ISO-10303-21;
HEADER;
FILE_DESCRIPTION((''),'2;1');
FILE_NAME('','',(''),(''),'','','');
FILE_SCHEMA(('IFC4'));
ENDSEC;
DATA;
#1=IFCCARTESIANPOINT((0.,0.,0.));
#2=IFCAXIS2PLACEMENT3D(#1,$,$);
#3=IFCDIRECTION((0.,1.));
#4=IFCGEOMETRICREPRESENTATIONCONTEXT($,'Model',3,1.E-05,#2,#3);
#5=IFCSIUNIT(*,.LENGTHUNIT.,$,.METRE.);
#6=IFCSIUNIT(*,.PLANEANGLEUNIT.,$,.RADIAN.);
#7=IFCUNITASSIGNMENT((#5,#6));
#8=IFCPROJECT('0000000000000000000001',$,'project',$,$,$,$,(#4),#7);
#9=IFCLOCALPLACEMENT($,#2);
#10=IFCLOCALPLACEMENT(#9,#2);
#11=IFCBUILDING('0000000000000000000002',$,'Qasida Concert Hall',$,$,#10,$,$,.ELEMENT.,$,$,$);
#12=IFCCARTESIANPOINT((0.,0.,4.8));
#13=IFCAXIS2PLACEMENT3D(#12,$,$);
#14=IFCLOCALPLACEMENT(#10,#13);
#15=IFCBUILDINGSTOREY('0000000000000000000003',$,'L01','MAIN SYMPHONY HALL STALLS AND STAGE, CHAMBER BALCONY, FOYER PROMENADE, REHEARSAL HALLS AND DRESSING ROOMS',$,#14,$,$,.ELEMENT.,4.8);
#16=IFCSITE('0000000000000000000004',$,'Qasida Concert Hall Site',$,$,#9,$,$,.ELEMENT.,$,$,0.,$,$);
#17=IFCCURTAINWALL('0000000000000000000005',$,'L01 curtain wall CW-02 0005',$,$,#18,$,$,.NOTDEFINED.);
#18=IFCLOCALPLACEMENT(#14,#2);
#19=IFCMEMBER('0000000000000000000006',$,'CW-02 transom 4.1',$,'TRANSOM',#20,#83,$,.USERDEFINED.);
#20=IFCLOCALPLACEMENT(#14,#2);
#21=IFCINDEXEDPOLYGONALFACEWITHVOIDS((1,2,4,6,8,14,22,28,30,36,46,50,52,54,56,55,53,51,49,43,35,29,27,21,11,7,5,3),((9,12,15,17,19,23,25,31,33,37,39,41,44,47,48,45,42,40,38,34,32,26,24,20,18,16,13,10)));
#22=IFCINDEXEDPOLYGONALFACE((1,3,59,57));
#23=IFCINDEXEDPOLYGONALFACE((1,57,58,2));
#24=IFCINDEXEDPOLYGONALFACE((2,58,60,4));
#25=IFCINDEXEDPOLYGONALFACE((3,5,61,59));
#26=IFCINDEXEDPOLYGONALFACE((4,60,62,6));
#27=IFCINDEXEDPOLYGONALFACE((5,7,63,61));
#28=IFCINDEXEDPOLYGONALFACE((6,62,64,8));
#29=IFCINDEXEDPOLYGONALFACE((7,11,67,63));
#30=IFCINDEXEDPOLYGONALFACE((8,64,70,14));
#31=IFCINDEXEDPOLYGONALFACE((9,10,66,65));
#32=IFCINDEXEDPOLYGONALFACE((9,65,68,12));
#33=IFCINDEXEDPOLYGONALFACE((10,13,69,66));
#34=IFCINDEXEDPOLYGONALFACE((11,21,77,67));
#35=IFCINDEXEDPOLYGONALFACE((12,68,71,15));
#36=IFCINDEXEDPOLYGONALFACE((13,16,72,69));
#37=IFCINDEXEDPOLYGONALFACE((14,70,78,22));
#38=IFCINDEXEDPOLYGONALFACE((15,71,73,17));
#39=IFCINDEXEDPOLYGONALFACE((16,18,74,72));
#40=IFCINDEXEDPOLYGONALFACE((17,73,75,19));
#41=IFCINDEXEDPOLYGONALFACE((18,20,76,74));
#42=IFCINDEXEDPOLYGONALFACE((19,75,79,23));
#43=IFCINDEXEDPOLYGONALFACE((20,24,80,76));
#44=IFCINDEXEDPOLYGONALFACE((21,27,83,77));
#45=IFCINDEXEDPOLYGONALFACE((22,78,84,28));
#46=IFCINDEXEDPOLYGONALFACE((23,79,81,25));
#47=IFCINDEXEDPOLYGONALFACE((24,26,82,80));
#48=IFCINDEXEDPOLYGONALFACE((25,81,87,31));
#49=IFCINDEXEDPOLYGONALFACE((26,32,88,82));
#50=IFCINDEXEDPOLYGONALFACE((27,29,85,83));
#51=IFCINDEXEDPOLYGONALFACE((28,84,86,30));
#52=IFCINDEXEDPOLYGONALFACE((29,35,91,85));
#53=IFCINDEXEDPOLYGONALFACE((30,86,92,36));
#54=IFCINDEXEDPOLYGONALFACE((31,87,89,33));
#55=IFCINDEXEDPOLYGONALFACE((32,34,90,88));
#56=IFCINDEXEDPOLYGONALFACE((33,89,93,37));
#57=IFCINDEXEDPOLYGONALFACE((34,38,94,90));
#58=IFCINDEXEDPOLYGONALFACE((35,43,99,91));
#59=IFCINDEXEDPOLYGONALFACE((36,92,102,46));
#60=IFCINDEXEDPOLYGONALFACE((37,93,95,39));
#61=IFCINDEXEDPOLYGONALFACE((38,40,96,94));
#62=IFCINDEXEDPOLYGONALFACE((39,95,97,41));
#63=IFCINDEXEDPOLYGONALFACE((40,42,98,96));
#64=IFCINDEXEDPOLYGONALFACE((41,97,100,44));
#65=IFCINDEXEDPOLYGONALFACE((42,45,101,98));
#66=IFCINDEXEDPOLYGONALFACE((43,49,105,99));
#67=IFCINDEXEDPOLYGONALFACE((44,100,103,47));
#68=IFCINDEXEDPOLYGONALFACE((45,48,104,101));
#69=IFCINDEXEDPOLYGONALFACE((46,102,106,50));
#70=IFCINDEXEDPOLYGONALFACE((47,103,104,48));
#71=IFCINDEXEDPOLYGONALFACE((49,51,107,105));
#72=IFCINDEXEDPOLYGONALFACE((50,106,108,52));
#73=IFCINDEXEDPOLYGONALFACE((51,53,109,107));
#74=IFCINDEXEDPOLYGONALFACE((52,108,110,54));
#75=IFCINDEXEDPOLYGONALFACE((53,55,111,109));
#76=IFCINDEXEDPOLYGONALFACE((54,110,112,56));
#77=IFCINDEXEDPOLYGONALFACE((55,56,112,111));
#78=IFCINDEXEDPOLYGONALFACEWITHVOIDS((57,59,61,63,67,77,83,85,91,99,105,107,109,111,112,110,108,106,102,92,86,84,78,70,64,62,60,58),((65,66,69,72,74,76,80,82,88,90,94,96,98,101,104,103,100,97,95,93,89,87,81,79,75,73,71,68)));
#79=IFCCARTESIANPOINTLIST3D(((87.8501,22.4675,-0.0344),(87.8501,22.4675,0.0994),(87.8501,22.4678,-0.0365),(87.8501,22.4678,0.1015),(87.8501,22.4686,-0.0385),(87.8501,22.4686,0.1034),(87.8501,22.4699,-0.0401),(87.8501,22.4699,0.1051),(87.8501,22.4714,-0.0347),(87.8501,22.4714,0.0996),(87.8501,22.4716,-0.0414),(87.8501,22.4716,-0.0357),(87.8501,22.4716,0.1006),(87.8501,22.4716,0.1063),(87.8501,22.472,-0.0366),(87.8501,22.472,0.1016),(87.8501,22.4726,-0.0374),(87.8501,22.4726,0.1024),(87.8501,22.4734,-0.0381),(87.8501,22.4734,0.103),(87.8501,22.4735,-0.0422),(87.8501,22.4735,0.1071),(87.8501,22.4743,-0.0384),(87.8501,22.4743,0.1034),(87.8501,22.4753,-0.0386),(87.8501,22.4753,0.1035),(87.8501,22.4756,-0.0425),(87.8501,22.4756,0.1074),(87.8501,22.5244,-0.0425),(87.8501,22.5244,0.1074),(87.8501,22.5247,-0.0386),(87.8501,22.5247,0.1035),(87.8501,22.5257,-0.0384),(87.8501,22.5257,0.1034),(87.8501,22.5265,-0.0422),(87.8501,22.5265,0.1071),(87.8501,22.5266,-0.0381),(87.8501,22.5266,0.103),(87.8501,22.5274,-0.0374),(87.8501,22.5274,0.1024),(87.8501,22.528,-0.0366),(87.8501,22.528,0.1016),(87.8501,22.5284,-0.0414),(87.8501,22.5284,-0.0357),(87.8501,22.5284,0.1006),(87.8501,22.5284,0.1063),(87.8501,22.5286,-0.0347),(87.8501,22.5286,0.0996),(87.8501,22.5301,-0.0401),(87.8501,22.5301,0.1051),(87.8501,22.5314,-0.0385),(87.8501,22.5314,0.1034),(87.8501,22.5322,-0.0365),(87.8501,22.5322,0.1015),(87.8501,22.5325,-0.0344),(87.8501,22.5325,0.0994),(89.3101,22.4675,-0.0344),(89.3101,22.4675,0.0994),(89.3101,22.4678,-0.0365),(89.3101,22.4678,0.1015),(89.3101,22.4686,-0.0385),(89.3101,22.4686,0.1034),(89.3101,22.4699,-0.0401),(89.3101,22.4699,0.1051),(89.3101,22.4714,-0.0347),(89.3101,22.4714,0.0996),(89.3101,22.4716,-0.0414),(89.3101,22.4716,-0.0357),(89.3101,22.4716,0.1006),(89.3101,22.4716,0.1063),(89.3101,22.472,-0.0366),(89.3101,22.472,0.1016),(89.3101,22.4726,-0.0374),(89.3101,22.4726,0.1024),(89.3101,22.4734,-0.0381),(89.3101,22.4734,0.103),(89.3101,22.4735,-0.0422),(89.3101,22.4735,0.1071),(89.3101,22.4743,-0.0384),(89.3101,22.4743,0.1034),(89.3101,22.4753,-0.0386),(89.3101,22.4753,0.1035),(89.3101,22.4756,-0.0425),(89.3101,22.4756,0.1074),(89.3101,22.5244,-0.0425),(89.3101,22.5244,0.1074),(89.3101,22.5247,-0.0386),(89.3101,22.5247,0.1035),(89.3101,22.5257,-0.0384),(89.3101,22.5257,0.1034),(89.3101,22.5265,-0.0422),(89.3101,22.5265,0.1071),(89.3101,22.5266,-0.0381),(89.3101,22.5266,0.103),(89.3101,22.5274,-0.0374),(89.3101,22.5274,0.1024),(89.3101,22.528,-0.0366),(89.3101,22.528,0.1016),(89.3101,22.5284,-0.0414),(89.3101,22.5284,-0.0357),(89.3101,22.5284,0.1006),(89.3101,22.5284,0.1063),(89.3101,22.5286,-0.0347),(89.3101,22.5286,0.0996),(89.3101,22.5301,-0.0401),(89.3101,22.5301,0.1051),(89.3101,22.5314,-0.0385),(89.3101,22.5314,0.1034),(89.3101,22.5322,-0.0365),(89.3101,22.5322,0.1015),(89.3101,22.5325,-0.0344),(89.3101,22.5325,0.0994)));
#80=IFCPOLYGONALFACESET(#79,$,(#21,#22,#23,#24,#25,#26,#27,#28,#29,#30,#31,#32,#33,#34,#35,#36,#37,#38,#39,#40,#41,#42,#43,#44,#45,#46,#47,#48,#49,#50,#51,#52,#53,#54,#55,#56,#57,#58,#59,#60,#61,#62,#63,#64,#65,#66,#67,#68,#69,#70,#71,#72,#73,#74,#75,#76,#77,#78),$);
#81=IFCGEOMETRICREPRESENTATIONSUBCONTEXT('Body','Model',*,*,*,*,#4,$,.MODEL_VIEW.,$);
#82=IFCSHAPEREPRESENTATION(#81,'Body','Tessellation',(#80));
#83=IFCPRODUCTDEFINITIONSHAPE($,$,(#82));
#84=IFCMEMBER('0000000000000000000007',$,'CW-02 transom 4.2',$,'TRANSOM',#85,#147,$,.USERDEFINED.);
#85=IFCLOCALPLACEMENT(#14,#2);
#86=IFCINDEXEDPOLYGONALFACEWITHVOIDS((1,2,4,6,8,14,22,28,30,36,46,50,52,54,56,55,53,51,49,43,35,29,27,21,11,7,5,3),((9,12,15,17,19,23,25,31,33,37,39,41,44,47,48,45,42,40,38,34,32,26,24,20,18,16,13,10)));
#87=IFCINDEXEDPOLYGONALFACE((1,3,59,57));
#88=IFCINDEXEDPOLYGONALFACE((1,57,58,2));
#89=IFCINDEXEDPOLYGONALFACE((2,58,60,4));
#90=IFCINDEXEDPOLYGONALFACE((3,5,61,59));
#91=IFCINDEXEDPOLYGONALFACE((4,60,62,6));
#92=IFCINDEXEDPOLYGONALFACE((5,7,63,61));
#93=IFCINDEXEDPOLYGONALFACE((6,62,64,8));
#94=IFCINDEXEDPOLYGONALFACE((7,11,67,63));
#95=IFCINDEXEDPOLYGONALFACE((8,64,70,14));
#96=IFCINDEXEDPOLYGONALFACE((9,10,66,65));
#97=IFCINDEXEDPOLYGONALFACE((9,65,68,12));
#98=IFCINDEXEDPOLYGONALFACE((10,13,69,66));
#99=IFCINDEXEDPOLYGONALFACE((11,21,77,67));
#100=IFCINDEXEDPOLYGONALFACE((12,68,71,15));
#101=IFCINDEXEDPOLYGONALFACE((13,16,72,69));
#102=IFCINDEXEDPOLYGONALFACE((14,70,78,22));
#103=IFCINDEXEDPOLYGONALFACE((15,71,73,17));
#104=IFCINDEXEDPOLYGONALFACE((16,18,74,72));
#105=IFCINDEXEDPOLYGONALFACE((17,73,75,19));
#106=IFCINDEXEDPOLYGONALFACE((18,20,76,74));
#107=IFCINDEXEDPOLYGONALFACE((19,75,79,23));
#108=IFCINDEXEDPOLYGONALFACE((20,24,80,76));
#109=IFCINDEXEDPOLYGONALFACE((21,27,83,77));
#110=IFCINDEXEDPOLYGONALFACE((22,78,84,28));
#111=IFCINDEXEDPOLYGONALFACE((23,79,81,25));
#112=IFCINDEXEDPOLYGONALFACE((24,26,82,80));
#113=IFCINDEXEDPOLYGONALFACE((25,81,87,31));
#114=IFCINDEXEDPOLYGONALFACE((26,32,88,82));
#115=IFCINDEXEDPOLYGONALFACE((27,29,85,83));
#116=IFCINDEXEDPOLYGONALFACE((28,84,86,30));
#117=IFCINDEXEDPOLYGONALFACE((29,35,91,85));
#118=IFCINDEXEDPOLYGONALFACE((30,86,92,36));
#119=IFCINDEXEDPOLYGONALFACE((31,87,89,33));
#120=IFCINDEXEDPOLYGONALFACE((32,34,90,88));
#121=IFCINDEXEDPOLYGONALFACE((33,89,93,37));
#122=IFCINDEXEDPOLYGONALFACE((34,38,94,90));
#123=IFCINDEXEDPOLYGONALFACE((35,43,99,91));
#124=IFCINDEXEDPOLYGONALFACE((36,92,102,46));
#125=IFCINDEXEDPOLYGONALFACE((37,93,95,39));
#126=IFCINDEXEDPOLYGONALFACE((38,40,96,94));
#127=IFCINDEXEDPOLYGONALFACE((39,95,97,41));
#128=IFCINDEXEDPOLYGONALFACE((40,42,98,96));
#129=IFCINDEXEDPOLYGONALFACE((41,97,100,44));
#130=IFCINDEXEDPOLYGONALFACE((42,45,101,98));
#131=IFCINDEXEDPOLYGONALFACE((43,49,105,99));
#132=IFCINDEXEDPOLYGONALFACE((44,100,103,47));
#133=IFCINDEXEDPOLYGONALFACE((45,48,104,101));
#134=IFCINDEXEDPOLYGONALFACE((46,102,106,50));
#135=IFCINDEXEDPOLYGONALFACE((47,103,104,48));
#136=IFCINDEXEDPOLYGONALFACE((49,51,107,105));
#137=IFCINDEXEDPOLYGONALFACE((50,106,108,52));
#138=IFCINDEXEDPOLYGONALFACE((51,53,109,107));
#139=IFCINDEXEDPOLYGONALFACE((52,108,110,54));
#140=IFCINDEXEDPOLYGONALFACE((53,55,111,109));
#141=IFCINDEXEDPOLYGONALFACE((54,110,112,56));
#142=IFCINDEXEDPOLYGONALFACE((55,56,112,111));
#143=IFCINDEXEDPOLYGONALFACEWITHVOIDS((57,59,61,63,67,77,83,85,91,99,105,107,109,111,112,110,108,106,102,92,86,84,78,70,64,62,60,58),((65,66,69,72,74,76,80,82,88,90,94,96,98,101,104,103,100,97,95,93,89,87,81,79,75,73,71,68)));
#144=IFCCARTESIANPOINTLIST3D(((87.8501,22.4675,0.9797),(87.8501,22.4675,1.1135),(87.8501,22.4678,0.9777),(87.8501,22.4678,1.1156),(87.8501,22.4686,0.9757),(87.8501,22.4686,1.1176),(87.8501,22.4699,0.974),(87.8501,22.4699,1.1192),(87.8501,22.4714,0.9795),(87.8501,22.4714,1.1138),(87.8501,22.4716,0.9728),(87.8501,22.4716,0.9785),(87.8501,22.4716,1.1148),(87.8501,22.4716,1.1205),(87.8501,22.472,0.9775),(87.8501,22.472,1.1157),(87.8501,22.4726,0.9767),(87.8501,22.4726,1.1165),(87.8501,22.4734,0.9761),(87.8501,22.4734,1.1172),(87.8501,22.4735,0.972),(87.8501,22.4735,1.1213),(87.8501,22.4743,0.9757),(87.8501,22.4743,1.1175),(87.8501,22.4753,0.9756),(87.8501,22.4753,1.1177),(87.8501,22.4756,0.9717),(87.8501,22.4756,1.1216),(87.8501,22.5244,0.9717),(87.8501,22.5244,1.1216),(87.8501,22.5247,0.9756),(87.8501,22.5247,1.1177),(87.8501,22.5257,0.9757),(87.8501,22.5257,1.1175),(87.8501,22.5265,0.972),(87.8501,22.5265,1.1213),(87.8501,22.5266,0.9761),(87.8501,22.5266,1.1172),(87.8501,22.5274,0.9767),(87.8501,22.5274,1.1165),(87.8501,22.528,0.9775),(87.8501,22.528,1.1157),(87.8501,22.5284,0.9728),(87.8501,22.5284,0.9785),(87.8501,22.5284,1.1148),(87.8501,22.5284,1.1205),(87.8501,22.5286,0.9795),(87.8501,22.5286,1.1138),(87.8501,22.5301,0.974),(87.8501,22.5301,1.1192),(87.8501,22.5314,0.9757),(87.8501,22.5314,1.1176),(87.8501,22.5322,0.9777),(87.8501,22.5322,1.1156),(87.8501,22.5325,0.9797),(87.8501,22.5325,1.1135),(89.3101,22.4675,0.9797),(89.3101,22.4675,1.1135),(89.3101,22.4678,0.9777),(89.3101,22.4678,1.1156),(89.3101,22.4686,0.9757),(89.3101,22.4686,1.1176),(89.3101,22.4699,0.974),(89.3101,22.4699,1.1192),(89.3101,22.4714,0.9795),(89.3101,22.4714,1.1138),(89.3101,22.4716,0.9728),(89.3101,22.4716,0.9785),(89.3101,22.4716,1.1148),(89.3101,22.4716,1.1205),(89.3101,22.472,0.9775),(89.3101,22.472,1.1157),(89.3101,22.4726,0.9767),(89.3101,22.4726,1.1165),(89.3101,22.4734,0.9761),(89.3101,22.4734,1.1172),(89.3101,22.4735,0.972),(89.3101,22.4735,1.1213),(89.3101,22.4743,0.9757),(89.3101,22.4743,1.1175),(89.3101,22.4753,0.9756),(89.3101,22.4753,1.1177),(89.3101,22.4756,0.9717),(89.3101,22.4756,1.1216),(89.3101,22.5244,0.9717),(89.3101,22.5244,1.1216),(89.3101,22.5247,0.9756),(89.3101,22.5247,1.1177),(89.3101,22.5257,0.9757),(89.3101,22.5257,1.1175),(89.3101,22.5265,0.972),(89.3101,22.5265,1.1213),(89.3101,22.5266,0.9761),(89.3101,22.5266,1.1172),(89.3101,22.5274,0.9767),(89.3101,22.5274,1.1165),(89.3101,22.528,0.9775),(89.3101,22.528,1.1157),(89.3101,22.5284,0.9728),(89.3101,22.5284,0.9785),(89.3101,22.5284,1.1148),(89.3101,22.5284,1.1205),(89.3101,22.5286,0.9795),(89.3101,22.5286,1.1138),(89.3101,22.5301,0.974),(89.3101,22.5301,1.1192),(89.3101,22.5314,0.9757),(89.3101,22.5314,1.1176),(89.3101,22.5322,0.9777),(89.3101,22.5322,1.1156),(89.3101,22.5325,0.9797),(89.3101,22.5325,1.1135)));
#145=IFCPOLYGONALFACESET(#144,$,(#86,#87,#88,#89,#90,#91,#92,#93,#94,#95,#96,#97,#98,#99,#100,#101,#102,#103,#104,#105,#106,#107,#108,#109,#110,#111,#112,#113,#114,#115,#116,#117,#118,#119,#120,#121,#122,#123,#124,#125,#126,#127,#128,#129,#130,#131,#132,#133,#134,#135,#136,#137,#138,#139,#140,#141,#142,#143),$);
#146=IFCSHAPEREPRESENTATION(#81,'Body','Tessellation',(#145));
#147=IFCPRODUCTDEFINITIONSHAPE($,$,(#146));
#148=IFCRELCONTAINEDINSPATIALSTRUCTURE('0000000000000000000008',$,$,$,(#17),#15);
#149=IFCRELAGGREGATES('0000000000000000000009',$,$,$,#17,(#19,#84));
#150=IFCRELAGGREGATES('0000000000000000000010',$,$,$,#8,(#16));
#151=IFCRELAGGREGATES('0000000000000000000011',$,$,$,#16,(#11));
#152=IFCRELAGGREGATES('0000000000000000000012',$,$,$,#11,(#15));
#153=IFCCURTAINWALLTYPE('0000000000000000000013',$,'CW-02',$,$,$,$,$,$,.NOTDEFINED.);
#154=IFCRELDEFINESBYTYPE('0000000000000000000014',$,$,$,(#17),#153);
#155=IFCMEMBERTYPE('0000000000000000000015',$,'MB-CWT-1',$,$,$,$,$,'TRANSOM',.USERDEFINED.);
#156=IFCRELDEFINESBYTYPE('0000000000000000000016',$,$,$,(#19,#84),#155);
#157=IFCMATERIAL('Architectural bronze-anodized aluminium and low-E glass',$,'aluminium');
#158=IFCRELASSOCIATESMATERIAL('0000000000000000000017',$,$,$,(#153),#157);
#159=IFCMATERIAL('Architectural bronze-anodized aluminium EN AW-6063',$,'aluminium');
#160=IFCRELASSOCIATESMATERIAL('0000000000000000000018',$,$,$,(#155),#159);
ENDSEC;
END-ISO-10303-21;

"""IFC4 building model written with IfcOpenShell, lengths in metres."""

from ifc_helpers import new_model, si_unit, direction, frame, origin, origin_2d, place, context, subcontext, project, spatial, hollow_rectangle, extrude, material, material_profile, profile_set, type_object, element, aggregate, save


model = new_model("IFC4")

# Units and contexts
model_context = context("Model", 3, precision=1e-05, world=origin(), true_north=direction((0.0, 1.0)))
body_context = subcontext(model_context, "Body", "Model", "MODEL_VIEW")
ifc_project = project(units=[si_unit("LENGTHUNIT", "METRE"), si_unit("PLANEANGLEUNIT", "RADIAN")], contexts=[model_context])

# Site, building, storey
site_placement = place(None, origin())
site = spatial("IfcSite", under=ifc_project, at=site_placement, Name="Qasida Concert Hall Site", CompositionType="ELEMENT", RefElevation=0.0)
building_placement = place(site_placement, origin())
building = spatial("IfcBuilding", under=site, at=building_placement, Name="Qasida Concert Hall", CompositionType="ELEMENT")
storey_placement = place(building_placement, frame((0.0, 0.0, 4.8)))
storey = spatial("IfcBuildingStorey", under=building, at=storey_placement, Name="L01", Description="MAIN SYMPHONY HALL STALLS AND STAGE, CHAMBER BALCONY, FOYER PROMENADE, REHEARSAL HALLS AND DRESSING ROOMS", CompositionType="ELEMENT", Elevation=4.8)

# Curtain wall, members
ifc_material_1 = material(Name="Architectural bronze-anodized aluminium and low-E glass", Category="aluminium")
curtain_wall_type = type_object("IfcCurtainWallType", Name="CW-02", PredefinedType="NOTDEFINED", material=ifc_material_1)
curtain_wall_placement = place(storey_placement, origin())
curtain_wall = element("IfcCurtainWall", 1, at=curtain_wall_placement, inside=storey, type_object=curtain_wall_type, Name="L01 curtain wall CW-02 0005", PredefinedType="NOTDEFINED")
ifc_material_2 = material(Name="Architectural bronze-anodized aluminium EN AW-6063", Category="aluminium")
ifc_material_profile_1 = material_profile(ifc_material_2, hollow_rectangle(XDim=0.0649, YDim=0.1499, WallThickness=0.0039, InnerFilletRadius=0.0039, OuterFilletRadius=0.0081, at=origin_2d()), Name="CWT 150x65x4")
ifc_profile_set_1 = profile_set([ifc_material_profile_1], Name="Architectural bronze-anodized aluminium EN AW-6063")
member_type_1 = type_object("IfcMemberType", Name="MB-CWT-1", ElementType="TRANSOM", PredefinedType="USERDEFINED", material=ifc_profile_set_1)
member_1_placement = place(storey_placement, frame((87.8501, 22.5, 0.0325), z_axis=(1.0, 0.0, 0.0), x_axis=(0.0, 1.0, 0.0)))
member_1 = element("IfcMember", 2, at=member_1_placement, type_object=member_type_1, Name="CW-02 transom 4.1", ObjectType="TRANSOM", PredefinedType="USERDEFINED", context=body_context, shape_type="SweptSolid", body=[
    extrude(hollow_rectangle(XDim=0.0649, YDim=0.1499, WallThickness=0.0039, InnerFilletRadius=0.0039, OuterFilletRadius=0.0081, at=origin_2d()), origin(), (0.0, 0.0, 1.0), 1.46),
])
member_2_placement = place(storey_placement, frame((87.8501, 22.5, 1.0466), z_axis=(1.0, 0.0, 0.0), x_axis=(0.0, 1.0, 0.0)))
member_2 = element("IfcMember", 3, at=member_2_placement, type_object=member_type_1, Name="CW-02 transom 4.2", ObjectType="TRANSOM", PredefinedType="USERDEFINED", context=body_context, shape_type="SweptSolid", body=[
    extrude(hollow_rectangle(XDim=0.0649, YDim=0.1499, WallThickness=0.0039, InnerFilletRadius=0.0039, OuterFilletRadius=0.0081, at=origin_2d()), origin(), (0.0, 0.0, 1.0), 1.46),
])
aggregate(curtain_wall, [member_1, member_2])

save(model, "model.ifc")
